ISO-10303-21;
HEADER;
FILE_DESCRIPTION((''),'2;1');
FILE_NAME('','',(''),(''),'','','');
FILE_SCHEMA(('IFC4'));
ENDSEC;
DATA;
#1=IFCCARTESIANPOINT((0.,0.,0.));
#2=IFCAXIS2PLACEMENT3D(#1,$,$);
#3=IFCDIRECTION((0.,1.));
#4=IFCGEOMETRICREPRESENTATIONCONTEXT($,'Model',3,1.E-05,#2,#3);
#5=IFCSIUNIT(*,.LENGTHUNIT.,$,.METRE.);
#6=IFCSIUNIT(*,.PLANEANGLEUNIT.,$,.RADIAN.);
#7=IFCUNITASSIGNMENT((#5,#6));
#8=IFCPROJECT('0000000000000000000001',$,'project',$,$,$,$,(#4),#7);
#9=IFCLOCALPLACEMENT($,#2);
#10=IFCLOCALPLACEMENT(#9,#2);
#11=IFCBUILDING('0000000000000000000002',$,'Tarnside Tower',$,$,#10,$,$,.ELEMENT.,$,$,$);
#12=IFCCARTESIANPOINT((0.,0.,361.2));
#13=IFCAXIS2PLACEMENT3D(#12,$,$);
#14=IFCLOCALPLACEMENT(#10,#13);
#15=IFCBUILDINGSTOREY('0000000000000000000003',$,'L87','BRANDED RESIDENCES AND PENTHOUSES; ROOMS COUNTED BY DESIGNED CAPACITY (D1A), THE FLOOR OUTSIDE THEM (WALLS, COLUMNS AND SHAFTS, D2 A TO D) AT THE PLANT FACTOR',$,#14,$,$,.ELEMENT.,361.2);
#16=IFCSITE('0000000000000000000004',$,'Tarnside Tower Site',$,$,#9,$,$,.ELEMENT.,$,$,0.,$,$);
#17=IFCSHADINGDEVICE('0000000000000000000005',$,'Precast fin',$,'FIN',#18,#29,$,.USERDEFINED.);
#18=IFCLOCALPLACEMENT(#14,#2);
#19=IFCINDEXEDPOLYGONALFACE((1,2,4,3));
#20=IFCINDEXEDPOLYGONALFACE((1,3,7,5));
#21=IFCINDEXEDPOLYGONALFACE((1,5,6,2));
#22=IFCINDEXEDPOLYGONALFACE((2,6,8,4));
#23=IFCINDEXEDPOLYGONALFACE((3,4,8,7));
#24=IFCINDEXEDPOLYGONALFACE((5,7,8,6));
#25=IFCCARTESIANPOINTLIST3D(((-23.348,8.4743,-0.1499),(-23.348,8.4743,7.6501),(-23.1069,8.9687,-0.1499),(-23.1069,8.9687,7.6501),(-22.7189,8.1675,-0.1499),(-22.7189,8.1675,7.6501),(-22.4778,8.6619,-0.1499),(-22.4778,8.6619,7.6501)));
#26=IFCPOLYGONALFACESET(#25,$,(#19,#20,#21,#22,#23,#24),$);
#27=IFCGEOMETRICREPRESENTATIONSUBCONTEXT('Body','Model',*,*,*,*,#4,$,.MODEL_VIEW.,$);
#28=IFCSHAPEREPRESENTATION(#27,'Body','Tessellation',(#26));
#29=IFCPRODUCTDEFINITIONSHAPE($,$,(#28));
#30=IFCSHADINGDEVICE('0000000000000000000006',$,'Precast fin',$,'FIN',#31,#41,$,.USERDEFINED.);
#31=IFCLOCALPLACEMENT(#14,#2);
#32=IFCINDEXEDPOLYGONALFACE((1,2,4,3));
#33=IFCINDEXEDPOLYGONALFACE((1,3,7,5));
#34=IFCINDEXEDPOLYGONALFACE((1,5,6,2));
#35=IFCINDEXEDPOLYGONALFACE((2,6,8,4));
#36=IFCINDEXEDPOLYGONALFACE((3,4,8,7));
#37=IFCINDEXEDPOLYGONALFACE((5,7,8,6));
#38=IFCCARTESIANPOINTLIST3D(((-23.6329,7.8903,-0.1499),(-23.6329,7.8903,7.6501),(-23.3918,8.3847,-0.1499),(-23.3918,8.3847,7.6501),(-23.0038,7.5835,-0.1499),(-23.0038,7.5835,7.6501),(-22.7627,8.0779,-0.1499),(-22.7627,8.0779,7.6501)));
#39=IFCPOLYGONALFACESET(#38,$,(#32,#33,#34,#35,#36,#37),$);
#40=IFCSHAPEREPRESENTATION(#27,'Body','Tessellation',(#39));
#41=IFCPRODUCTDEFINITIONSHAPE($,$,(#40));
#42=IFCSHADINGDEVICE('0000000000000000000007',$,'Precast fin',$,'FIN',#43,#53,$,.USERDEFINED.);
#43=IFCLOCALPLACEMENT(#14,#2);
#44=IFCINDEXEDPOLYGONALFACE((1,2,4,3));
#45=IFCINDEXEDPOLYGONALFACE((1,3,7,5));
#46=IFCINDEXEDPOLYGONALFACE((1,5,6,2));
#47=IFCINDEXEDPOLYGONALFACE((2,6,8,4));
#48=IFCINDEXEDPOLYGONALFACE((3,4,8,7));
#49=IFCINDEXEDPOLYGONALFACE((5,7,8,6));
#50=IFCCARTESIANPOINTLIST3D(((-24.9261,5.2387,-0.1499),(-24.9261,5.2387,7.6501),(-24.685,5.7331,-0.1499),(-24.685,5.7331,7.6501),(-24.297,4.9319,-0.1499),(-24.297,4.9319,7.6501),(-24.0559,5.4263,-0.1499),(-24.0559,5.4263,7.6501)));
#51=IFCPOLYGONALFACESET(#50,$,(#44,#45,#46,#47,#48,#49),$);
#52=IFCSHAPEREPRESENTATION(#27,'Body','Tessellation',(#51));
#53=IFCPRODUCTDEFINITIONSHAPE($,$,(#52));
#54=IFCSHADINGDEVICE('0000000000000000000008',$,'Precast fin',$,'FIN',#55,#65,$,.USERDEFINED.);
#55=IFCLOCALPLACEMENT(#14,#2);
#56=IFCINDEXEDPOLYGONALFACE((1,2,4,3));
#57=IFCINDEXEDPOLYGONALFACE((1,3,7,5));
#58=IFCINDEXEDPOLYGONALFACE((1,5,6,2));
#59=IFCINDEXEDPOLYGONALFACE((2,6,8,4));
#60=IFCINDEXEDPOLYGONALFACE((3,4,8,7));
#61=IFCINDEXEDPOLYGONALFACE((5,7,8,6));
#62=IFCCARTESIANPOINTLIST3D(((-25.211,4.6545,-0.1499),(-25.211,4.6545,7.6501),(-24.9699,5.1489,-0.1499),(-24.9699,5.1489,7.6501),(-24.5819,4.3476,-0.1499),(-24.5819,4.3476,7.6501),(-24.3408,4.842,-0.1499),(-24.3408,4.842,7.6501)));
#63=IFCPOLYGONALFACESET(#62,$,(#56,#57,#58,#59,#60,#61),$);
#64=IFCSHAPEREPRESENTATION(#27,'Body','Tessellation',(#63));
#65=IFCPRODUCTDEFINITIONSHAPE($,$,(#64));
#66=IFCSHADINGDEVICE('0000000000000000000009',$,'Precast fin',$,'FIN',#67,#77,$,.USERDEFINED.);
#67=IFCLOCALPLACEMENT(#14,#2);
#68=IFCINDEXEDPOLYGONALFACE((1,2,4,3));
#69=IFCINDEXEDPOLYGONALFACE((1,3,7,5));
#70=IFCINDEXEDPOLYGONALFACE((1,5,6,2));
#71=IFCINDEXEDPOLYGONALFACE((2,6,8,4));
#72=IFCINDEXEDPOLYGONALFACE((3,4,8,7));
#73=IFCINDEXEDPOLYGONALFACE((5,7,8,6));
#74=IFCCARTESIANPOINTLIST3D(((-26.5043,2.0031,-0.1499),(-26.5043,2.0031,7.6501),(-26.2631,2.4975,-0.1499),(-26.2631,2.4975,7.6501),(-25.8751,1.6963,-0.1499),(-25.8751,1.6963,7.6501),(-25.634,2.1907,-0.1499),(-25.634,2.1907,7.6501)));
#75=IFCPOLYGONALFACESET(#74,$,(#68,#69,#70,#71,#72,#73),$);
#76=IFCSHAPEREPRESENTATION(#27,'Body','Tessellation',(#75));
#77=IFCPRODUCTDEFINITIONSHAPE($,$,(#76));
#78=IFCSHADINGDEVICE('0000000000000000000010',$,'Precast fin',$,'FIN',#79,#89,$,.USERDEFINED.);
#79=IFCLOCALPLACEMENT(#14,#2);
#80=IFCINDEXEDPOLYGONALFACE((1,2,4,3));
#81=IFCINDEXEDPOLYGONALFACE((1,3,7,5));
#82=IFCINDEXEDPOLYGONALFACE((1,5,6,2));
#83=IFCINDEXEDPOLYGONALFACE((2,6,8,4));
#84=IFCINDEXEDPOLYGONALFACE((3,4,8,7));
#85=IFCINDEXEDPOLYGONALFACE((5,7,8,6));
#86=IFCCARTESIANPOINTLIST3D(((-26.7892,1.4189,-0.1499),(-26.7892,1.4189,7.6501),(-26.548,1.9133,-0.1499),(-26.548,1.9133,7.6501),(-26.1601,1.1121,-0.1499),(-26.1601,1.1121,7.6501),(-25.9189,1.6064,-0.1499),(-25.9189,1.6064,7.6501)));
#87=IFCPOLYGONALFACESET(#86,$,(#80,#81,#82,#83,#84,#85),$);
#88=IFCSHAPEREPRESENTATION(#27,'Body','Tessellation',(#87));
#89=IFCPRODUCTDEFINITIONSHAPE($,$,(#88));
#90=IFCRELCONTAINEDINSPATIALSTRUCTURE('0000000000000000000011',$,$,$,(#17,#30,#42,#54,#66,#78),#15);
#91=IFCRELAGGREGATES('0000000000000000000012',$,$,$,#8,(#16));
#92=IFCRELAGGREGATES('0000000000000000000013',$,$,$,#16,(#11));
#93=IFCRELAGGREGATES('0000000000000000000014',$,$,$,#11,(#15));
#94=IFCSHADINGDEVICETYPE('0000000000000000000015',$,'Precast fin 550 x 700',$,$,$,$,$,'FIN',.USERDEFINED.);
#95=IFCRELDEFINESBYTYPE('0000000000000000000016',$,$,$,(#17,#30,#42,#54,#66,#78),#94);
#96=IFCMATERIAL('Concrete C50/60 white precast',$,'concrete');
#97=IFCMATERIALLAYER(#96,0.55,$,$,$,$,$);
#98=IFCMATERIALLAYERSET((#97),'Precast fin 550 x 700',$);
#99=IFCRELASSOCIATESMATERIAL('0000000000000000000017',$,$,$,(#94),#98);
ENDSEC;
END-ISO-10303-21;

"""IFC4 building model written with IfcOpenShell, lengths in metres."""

from ifc_helpers import new_model, si_unit, direction, frame, origin, place, context, subcontext, project, spatial, polyline, outline, extrude, material, layer, layer_set, type_object, element, save


model = new_model("IFC4")

# Units and contexts
model_context = context("Model", 3, precision=1e-05, world=origin(), true_north=direction((0.0, 1.0)))
body_context = subcontext(model_context, "Body", "Model", "MODEL_VIEW")
ifc_project = project(units=[si_unit("LENGTHUNIT", "METRE"), si_unit("PLANEANGLEUNIT", "RADIAN")], contexts=[model_context])

# Site, building, storey
site_placement = place(None, origin())
site = spatial("IfcSite", under=ifc_project, at=site_placement, Name="Tarnside Tower Site", CompositionType="ELEMENT", RefElevation=0.0)
building_placement = place(site_placement, origin())
building = spatial("IfcBuilding", under=site, at=building_placement, Name="Tarnside Tower", CompositionType="ELEMENT")
storey_placement = place(building_placement, frame((0.0, 0.0, 361.2)))
storey = spatial("IfcBuildingStorey", under=building, at=storey_placement, Name="L87", Description="BRANDED RESIDENCES AND PENTHOUSES; ROOMS COUNTED BY DESIGNED CAPACITY (D1A), THE FLOOR OUTSIDE THEM (WALLS, COLUMNS AND SHAFTS, D2 A TO D) AT THE PLANT FACTOR", CompositionType="ELEMENT", Elevation=361.2)

# Shading devices
ifc_material_1 = material(Name="Concrete C50/60 white precast", Category="concrete")
ifc_layer_1 = layer(ifc_material_1, 0.55)
ifc_layer_set_1 = layer_set([ifc_layer_1], Name="Precast fin 550 x 700")
shading_device_type_1 = type_object("IfcShadingDeviceType", Name="Precast fin 550 x 700", ElementType="FIN", PredefinedType="USERDEFINED", material=ifc_layer_set_1)
for number, where, z_axis, x_axis, name in (
    (1, (-22.5984, 8.4146, -0.1499), (0.438371, 0.898794, 0.0), (-0.898794, 0.438371, 0.0), "Precast fin"),
    (2, (-22.8833, 7.8306, -0.1499), (0.438371, 0.898794, 0.0), (-0.898794, 0.438371, 0.0), "Precast fin"),
    (3, (-24.1765, 5.179, -0.1499), (0.438371, 0.898794, 0.0), (-0.898794, 0.438371, 0.0), "Precast fin"),
    (4, (-24.4614, 4.5947, -0.1499), (0.438371, 0.898794, 0.0), (-0.898794, 0.438371, 0.0), "Precast fin"),
    (5, (-25.7546, 1.9434, -0.1499), (0.438371, 0.898794, 0.0), (-0.898794, 0.438371, 0.0), "Precast fin"),
    (6, (-26.0396, 1.3591, -0.1499), (0.438371, 0.898794, 0.0), (-0.898794, 0.438371, 0.0), "Precast fin"),
):
    element("IfcShadingDevice", number, at=place(storey_placement, frame(where, z_axis=z_axis, x_axis=x_axis)), inside=storey, type_object=shading_device_type_1, Name=name, ObjectType="FIN", PredefinedType="USERDEFINED", context=body_context, shape_type="SweptSolid", body=[
        extrude(outline(polyline([(0.0, 0.0), (0.7, 0.0), (0.7, 7.8), (0.0, 7.8), (0.0, 0.0)])), frame((0.0, 0.0, -0.2749)), (0.0, 0.0, 1.0), 0.55),
    ])

save(model, "model.ifc")
